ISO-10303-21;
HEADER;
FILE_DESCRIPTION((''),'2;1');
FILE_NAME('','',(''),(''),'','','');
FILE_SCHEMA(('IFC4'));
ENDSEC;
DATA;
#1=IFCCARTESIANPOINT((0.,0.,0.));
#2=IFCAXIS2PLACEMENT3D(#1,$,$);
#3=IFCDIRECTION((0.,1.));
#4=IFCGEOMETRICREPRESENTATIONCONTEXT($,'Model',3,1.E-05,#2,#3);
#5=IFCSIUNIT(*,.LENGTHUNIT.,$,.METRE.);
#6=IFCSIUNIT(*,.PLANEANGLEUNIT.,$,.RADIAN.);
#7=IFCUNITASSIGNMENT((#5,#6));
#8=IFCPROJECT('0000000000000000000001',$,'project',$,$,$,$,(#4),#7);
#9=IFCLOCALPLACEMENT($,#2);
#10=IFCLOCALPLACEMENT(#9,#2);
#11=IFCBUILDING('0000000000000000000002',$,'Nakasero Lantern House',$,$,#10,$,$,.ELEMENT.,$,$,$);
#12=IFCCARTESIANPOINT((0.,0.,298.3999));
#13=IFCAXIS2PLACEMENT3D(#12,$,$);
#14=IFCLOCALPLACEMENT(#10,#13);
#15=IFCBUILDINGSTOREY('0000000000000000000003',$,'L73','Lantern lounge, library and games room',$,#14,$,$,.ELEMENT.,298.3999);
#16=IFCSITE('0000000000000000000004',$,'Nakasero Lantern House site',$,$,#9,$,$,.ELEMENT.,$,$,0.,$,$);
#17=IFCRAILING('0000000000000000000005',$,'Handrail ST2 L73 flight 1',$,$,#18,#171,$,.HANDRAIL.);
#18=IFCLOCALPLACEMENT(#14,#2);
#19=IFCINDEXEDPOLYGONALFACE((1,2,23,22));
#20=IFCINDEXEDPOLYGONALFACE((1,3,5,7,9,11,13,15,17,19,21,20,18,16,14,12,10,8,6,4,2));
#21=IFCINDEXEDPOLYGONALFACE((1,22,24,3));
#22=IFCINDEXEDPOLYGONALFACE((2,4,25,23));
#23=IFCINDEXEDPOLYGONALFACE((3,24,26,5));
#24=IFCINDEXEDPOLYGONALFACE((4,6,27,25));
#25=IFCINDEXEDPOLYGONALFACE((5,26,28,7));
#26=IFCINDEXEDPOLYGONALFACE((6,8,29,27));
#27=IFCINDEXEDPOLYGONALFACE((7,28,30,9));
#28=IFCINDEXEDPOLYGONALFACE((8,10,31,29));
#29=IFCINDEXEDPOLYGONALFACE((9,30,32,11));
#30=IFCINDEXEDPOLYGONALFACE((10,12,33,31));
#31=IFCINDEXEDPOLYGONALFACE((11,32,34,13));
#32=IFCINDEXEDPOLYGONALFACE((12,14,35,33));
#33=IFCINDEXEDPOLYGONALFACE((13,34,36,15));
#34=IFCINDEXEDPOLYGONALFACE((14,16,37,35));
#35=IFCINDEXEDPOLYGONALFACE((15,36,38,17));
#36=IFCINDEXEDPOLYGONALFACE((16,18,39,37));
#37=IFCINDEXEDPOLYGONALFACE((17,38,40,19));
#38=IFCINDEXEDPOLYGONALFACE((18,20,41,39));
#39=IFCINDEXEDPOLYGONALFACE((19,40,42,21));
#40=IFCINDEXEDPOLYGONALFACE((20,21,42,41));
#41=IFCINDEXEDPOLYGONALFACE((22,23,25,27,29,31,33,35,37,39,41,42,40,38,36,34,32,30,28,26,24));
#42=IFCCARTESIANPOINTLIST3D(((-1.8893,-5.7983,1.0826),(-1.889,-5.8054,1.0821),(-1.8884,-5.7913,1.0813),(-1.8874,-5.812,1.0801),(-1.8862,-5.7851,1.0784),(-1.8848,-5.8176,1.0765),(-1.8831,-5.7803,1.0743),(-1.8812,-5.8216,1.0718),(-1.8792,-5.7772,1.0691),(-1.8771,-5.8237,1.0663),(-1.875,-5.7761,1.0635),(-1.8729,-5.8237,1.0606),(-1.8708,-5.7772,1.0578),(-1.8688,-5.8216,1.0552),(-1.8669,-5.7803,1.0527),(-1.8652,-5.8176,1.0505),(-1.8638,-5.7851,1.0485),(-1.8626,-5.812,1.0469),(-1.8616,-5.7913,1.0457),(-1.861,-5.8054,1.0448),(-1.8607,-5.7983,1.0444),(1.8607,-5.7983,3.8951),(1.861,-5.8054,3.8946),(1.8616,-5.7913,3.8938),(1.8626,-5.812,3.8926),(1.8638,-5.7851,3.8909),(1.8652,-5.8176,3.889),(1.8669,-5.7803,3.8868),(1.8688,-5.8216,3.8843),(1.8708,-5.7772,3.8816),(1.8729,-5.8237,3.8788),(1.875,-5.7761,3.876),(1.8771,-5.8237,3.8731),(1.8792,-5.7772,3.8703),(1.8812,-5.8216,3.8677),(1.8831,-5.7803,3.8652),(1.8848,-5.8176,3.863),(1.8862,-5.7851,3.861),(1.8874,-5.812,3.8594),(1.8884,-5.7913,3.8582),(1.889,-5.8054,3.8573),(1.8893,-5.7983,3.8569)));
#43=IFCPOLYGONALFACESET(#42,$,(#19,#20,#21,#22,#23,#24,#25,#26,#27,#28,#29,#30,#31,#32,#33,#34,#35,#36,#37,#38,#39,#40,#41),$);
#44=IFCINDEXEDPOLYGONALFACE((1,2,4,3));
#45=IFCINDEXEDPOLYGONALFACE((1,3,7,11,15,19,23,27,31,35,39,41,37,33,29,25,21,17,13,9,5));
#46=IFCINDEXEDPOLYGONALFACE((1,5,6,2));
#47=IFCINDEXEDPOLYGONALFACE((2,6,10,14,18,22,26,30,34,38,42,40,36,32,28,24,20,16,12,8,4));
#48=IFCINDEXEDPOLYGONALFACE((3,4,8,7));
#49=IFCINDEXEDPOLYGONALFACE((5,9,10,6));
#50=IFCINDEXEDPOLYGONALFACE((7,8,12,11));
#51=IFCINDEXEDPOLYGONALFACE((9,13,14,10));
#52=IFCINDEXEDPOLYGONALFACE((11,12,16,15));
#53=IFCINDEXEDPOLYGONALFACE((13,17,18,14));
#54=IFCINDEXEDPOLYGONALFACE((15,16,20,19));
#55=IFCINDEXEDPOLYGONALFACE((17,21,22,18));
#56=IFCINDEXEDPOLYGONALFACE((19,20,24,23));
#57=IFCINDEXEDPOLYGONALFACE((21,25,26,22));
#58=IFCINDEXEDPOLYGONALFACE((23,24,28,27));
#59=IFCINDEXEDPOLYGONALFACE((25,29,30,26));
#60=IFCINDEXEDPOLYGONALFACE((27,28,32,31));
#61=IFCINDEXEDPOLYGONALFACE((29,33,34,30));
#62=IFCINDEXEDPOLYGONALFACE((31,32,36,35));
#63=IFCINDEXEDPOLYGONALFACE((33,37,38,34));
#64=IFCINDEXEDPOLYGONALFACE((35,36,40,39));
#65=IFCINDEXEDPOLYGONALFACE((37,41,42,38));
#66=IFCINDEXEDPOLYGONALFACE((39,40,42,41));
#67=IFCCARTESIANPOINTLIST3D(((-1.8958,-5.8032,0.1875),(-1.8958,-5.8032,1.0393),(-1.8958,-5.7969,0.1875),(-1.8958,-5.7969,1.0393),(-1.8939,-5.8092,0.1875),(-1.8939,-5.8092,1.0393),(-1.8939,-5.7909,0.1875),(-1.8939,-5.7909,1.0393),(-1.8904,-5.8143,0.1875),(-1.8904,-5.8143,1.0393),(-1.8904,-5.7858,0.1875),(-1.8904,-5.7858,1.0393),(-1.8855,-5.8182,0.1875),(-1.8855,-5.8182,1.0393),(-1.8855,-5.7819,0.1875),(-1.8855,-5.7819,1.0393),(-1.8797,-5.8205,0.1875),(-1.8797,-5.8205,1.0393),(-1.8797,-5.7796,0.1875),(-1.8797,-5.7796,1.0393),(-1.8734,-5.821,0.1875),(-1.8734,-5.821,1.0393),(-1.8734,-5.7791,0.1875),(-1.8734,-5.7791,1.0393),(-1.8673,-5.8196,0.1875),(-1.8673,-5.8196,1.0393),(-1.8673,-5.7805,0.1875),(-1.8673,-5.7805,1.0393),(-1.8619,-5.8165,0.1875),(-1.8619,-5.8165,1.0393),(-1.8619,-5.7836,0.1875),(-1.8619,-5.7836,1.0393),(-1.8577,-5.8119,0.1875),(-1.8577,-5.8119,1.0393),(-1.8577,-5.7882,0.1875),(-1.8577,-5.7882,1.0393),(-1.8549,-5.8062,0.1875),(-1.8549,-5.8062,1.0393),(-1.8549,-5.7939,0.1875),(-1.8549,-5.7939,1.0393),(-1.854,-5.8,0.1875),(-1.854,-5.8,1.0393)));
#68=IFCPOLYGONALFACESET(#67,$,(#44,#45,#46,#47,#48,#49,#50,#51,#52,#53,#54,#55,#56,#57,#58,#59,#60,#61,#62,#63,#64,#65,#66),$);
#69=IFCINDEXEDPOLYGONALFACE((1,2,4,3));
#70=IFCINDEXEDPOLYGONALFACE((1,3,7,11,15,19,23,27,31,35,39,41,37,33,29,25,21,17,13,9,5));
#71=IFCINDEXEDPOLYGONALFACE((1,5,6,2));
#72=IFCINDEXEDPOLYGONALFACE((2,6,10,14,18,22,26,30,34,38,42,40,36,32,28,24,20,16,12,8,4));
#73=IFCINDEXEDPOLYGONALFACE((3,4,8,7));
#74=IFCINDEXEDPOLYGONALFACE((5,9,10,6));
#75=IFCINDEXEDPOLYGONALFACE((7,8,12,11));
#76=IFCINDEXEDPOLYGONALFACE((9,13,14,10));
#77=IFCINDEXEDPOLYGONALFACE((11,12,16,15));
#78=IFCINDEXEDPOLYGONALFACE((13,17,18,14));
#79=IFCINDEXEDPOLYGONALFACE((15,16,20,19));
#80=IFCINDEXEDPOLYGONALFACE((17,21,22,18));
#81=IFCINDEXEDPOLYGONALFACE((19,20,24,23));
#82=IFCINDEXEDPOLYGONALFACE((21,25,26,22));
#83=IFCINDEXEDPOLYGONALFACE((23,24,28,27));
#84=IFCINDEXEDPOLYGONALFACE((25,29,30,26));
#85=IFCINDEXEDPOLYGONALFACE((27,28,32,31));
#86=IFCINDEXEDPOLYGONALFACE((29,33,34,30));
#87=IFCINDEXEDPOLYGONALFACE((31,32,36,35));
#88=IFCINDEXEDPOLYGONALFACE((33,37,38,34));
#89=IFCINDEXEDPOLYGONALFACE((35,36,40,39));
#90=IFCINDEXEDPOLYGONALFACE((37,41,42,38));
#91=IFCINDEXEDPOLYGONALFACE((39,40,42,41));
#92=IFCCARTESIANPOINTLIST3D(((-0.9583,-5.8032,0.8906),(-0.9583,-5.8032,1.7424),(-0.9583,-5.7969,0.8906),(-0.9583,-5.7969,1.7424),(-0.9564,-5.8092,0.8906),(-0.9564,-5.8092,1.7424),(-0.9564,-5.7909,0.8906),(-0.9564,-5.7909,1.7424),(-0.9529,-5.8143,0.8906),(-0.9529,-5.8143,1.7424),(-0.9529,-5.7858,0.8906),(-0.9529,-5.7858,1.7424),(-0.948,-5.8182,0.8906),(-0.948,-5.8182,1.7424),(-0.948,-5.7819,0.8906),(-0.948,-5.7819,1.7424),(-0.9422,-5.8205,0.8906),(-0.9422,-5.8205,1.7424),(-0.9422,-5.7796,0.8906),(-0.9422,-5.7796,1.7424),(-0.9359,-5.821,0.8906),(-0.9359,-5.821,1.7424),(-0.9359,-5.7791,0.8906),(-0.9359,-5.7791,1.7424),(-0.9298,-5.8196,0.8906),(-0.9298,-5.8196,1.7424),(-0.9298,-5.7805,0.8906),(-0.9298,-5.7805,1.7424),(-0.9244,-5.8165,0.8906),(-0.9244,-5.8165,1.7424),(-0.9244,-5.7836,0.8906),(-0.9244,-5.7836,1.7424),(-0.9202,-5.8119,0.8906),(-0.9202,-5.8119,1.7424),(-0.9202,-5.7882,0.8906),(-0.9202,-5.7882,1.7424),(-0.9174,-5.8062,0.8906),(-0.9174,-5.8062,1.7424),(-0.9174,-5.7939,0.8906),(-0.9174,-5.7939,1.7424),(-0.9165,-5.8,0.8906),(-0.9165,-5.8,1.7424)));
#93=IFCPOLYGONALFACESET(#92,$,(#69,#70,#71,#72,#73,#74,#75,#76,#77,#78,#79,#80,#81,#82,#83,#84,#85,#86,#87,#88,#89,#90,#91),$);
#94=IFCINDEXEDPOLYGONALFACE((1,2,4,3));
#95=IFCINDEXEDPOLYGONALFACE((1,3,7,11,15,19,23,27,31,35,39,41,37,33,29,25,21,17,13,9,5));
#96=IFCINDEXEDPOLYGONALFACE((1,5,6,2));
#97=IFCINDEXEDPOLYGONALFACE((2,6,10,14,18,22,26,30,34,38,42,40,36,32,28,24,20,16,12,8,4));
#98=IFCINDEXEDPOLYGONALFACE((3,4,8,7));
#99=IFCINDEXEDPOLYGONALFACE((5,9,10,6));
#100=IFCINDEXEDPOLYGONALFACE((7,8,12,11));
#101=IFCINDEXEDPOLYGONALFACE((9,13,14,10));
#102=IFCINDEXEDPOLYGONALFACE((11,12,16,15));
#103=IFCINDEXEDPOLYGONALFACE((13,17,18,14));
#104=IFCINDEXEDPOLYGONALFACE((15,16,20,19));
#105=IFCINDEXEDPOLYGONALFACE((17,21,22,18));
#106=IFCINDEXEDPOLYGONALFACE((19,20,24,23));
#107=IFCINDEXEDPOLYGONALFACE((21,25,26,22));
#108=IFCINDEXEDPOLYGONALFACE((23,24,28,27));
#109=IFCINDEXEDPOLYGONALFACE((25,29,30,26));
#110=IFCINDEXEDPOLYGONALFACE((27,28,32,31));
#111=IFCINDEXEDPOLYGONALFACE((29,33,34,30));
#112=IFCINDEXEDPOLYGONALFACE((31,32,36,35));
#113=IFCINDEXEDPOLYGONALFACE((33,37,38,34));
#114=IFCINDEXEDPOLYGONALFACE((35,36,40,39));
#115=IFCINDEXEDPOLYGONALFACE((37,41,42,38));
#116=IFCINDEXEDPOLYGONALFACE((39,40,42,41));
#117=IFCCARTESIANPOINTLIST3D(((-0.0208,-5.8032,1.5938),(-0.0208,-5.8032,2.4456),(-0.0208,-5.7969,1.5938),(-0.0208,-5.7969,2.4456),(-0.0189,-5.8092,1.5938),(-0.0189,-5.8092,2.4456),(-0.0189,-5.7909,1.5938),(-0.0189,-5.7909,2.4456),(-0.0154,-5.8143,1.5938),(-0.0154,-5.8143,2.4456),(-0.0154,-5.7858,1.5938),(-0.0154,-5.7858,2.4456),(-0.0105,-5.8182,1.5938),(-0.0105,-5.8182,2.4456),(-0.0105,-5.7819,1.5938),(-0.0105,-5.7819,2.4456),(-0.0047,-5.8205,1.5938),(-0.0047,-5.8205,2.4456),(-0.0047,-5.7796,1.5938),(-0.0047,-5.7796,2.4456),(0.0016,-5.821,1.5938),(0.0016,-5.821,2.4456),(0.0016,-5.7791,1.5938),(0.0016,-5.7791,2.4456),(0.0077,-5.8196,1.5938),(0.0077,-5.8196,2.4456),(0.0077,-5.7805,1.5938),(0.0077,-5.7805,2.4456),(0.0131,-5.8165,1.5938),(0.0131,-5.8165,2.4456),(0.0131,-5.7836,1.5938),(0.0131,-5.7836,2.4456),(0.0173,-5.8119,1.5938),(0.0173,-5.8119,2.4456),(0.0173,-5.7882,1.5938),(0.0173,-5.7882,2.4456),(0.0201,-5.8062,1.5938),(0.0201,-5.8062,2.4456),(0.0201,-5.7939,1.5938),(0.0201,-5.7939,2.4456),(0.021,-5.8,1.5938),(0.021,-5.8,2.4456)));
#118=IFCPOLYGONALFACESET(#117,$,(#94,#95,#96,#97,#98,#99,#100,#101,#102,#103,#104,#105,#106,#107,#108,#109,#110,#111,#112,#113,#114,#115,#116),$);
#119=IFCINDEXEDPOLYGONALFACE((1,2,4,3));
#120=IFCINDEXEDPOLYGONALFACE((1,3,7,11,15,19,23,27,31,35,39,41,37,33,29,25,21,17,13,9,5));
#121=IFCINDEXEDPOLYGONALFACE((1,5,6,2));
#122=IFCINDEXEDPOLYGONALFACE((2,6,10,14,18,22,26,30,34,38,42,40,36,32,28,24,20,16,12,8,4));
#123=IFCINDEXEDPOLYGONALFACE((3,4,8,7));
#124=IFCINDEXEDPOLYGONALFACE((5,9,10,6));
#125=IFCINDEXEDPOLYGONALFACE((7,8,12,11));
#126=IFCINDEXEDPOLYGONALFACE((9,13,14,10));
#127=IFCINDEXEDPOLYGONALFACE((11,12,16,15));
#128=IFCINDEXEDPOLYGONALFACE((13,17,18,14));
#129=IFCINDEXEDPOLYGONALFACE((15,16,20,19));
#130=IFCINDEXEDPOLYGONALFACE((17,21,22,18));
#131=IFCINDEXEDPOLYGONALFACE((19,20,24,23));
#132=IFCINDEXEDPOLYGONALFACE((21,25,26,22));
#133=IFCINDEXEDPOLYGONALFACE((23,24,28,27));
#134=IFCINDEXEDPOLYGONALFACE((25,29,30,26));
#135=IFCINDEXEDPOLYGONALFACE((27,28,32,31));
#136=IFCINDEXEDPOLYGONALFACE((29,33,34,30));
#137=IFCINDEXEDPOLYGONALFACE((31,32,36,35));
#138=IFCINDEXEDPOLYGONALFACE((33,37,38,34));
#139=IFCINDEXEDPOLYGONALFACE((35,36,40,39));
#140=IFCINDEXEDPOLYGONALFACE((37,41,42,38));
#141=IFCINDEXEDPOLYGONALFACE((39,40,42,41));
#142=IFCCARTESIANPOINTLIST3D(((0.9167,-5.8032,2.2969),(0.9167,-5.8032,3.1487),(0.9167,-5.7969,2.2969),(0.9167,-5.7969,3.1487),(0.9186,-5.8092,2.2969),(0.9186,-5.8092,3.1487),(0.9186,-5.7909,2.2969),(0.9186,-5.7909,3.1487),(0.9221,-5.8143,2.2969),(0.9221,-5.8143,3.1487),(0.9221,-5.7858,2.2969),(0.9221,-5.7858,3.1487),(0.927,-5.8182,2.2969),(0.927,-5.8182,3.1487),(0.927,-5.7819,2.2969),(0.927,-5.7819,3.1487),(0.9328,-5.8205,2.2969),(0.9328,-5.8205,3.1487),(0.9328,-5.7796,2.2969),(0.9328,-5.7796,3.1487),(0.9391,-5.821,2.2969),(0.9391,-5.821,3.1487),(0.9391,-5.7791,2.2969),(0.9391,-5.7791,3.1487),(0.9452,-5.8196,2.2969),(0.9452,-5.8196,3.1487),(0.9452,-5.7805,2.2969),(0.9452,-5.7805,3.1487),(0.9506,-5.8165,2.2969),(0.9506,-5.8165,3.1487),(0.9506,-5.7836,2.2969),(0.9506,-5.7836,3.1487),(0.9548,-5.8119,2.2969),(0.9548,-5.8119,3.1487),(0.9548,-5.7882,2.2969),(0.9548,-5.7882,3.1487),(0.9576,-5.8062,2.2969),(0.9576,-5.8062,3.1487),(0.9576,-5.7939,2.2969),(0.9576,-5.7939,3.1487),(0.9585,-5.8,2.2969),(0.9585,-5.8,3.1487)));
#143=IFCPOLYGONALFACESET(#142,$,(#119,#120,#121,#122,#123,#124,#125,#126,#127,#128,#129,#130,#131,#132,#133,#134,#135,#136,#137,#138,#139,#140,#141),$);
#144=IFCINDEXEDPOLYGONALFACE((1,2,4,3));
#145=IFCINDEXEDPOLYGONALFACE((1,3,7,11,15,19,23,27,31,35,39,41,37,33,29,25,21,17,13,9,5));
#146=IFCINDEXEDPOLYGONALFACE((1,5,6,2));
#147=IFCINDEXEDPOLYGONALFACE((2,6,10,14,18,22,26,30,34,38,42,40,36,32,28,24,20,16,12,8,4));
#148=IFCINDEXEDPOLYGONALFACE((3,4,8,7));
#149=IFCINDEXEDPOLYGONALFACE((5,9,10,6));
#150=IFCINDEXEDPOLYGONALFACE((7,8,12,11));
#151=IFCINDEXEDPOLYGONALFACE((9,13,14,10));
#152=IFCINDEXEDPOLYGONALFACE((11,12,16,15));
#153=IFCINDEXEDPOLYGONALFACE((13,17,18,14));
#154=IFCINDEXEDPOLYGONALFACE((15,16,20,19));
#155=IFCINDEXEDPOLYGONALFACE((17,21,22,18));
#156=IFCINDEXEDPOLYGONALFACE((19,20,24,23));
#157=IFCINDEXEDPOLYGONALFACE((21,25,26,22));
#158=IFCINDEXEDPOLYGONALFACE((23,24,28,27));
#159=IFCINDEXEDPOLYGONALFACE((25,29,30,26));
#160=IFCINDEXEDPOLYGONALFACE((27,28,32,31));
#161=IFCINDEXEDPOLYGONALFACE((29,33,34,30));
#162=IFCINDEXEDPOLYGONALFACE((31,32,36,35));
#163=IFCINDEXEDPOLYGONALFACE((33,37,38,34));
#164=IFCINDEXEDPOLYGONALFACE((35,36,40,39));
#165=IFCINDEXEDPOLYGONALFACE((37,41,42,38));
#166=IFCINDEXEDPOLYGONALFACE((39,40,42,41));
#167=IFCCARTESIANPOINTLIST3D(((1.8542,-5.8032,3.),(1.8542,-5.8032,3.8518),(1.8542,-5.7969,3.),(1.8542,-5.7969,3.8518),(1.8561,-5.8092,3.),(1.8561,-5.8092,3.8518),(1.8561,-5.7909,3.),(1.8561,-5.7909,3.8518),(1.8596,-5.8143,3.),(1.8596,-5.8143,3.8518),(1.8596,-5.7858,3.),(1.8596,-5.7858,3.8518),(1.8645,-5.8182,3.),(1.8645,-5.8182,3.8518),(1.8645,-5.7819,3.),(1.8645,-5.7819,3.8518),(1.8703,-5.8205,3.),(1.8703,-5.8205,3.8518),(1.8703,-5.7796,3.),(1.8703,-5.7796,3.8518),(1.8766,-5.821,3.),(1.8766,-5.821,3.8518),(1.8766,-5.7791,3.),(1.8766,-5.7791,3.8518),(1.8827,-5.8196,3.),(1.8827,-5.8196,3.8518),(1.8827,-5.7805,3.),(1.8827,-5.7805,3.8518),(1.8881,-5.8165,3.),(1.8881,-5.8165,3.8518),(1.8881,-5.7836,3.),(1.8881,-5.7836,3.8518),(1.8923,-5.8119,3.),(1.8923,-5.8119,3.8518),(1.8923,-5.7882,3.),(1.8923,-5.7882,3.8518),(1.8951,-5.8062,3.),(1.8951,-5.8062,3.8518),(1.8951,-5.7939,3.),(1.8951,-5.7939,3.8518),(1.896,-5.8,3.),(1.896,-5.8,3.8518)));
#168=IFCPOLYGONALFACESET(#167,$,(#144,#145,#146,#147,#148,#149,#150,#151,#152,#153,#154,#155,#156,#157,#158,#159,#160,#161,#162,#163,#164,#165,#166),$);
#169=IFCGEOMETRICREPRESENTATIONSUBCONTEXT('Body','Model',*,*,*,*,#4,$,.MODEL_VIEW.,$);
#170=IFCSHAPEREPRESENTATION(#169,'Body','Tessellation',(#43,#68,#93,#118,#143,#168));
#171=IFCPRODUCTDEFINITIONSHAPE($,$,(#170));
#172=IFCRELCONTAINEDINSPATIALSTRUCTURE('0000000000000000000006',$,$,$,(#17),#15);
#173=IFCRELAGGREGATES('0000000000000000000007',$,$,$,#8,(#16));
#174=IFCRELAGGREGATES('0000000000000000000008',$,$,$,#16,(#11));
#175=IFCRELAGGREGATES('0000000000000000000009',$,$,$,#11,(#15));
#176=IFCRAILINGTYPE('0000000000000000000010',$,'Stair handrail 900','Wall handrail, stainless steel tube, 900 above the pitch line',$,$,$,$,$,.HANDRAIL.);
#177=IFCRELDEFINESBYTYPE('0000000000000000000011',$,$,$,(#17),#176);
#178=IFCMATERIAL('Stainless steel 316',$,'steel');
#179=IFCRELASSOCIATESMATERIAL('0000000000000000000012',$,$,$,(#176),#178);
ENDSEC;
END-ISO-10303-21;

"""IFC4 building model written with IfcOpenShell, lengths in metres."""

from ifc_helpers import new_model, si_unit, direction, frame, origin, origin_2d, place, context, subcontext, project, spatial, circle, extrude, material, type_object, element, save


model = new_model("IFC4")

# Units and contexts
model_context = context("Model", 3, precision=1e-05, world=origin(), true_north=direction((0.0, 1.0)))
body_context = subcontext(model_context, "Body", "Model", "MODEL_VIEW")
ifc_project = project(units=[si_unit("LENGTHUNIT", "METRE"), si_unit("PLANEANGLEUNIT", "RADIAN")], contexts=[model_context])

# Site, building, storey
site_placement = place(None, origin())
site = spatial("IfcSite", under=ifc_project, at=site_placement, Name="Nakasero Lantern House site", CompositionType="ELEMENT", RefElevation=0.0)
building_placement = place(site_placement, origin())
building = spatial("IfcBuilding", under=site, at=building_placement, Name="Nakasero Lantern House", CompositionType="ELEMENT")
storey_placement = place(building_placement, frame((0.0, 0.0, 298.3999)))
storey = spatial("IfcBuildingStorey", under=building, at=storey_placement, Name="L73", Description="Lantern lounge, library and games room", CompositionType="ELEMENT", Elevation=298.3999)

# Railing
ifc_material_1 = material(Name="Stainless steel 316", Category="steel")
railing_type = type_object("IfcRailingType", Name="Stair handrail 900", Description="Wall handrail, stainless steel tube, 900 above the pitch line", PredefinedType="HANDRAIL", material=ifc_material_1)
railing_placement = place(storey_placement, frame((-1.875, -5.8, 0.1875)))
element("IfcRailing", 1, at=railing_placement, inside=storey, type_object=railing_type, Name="Handrail ST2 L73 flight 1", PredefinedType="HANDRAIL", context=body_context, shape_type="SweptSolid", body=[
    extrude(circle(Radius=0.0239, at=origin_2d()), frame((0.0, 0.0, 0.876), z_axis=(0.8, 0.0, 0.6), x_axis=(0.0, 1.0, 0.0)), (0.0, 0.0, 1.0), 4.6875),
    extrude(circle(Radius=0.021, at=origin_2d()), origin(), (0.0, 0.0, 1.0), 0.8518),
    extrude(circle(Radius=0.021, at=origin_2d()), frame((0.9375, 0.0, 0.7031)), (0.0, 0.0, 1.0), 0.8518),
    extrude(circle(Radius=0.021, at=origin_2d()), frame((1.875, 0.0, 1.4062)), (0.0, 0.0, 1.0), 0.8518),
    extrude(circle(Radius=0.021, at=origin_2d()), frame((2.8125, 0.0, 2.1094)), (0.0, 0.0, 1.0), 0.8518),
    extrude(circle(Radius=0.021, at=origin_2d()), frame((3.75, 0.0, 2.8125)), (0.0, 0.0, 1.0), 0.8518),
])

save(model, "model.ifc")
